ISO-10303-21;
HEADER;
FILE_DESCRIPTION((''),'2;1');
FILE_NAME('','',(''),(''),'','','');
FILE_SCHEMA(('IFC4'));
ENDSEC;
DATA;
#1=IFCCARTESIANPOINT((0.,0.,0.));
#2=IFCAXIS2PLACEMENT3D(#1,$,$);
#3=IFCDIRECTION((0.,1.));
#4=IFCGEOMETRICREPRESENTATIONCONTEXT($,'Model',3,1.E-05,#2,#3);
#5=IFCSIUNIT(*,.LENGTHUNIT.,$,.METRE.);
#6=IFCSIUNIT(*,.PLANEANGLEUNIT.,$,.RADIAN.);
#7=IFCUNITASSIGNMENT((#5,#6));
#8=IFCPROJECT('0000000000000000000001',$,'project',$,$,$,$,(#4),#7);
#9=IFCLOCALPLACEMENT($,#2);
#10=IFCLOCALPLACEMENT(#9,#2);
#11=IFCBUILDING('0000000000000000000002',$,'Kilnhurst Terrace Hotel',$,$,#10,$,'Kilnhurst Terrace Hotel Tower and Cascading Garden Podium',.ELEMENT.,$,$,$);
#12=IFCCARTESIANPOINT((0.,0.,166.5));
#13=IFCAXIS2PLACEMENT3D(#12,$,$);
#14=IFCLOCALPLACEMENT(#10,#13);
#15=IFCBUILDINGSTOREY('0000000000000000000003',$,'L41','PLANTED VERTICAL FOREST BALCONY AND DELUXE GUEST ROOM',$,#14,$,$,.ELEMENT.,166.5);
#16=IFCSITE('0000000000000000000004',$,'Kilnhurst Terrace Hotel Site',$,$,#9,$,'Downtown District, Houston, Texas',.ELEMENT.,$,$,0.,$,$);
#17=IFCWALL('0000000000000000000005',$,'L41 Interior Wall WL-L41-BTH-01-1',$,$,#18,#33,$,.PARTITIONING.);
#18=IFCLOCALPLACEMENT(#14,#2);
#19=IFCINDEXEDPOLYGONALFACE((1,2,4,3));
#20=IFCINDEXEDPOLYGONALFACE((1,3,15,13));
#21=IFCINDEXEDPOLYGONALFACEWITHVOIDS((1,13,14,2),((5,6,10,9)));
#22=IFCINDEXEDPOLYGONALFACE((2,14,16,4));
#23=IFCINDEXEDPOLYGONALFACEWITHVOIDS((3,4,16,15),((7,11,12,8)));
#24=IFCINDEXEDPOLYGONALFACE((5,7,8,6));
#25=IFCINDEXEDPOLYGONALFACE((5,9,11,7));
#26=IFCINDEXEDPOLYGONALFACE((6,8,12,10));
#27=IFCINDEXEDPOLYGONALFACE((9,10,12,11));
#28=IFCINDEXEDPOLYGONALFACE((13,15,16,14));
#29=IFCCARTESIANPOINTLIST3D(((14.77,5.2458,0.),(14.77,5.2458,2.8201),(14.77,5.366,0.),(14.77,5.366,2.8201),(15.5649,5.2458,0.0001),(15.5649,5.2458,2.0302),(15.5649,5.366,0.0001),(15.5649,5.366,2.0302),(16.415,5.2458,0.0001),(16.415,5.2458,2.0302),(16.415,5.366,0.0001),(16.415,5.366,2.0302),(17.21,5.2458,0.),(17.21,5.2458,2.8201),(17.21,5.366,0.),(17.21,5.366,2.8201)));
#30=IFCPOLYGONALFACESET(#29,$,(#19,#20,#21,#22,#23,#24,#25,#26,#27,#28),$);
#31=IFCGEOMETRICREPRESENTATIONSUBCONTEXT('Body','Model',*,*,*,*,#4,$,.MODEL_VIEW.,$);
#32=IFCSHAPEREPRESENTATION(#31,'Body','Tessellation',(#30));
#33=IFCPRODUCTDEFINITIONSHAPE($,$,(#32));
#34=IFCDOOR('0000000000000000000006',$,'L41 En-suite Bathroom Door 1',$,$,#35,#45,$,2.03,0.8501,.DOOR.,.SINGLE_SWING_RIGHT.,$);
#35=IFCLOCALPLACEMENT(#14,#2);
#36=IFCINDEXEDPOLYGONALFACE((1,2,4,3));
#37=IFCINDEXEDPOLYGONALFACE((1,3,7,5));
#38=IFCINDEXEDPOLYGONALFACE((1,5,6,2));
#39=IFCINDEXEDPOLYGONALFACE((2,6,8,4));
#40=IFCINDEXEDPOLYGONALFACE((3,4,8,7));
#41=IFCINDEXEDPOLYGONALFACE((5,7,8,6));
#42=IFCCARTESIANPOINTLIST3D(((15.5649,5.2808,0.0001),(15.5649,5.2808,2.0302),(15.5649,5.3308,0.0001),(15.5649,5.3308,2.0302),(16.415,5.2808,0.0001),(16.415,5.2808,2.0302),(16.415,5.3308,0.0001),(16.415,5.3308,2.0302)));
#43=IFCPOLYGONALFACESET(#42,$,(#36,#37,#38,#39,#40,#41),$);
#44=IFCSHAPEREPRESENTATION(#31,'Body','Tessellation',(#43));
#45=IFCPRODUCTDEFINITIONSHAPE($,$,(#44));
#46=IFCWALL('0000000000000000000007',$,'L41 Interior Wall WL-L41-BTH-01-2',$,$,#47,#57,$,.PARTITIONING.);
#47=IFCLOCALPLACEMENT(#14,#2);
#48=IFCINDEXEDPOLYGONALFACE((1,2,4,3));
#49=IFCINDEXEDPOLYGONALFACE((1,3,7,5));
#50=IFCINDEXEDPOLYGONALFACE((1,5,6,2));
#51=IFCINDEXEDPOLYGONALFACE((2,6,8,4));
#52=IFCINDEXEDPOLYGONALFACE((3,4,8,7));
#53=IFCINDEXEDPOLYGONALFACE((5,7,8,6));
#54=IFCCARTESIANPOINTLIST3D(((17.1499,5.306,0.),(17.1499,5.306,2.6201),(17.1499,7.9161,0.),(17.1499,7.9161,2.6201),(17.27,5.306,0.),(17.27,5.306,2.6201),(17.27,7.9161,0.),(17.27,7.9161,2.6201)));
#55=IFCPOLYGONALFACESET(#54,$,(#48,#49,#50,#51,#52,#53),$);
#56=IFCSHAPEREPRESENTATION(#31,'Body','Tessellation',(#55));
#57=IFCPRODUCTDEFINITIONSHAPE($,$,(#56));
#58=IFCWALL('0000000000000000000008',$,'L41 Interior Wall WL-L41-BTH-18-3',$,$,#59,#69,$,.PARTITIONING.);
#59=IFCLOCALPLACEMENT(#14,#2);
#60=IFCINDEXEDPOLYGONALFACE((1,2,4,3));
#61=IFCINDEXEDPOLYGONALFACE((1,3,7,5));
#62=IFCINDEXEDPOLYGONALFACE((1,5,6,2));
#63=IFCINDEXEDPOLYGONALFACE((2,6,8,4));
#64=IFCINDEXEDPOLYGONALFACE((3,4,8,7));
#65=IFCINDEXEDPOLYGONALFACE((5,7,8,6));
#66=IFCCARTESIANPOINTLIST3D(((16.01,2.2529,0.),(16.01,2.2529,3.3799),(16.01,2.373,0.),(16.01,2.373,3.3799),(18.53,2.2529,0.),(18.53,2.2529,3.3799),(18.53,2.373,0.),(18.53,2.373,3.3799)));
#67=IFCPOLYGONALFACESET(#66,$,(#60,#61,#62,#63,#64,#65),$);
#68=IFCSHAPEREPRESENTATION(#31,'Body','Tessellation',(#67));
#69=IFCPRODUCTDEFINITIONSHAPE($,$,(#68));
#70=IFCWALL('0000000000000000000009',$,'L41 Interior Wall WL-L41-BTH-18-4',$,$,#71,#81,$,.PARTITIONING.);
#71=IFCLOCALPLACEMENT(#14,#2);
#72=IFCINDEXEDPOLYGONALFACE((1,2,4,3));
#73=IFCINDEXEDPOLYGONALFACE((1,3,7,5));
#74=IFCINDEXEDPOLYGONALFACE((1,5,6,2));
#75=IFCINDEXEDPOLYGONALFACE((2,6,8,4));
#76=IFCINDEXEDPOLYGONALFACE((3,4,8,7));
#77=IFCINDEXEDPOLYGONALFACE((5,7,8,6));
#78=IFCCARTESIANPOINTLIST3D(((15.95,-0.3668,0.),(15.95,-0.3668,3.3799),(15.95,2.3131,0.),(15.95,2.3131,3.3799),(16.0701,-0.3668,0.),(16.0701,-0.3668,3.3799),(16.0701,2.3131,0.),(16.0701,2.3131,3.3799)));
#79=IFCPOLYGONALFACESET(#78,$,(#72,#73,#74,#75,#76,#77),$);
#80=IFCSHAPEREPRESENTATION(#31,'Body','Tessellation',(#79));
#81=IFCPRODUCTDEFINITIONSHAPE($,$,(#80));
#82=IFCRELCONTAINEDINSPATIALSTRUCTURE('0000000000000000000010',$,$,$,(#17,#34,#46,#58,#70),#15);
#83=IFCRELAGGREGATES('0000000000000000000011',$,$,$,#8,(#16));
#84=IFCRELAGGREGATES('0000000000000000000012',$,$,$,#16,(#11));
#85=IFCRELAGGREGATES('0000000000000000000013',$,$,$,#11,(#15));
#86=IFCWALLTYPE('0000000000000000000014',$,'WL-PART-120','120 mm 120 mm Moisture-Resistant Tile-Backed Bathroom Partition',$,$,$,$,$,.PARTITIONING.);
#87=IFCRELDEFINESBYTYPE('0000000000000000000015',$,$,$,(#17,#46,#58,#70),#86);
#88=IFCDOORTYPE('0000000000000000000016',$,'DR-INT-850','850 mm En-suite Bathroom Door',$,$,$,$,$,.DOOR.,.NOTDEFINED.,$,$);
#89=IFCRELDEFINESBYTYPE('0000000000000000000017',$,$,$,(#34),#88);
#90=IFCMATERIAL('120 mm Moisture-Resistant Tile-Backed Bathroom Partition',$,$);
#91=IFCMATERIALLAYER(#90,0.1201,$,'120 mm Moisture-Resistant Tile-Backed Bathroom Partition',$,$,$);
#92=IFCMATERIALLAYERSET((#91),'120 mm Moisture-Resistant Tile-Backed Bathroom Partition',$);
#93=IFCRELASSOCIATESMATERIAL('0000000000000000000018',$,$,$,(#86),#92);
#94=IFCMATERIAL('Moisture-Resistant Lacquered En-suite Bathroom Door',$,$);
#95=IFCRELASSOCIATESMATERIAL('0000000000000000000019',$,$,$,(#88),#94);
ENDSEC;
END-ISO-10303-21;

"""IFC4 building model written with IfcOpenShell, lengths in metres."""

from ifc_helpers import new_model, si_unit, direction, frame, frame_2d, origin, place, context, subcontext, project, spatial, rectangle, extrude, material, layer, layer_set, type_object, element, fill, save


model = new_model("IFC4")

# Units and contexts
model_context = context("Model", 3, precision=1e-05, world=origin(), true_north=direction((0.0, 1.0)))
body_context = subcontext(model_context, "Body", "Model", "MODEL_VIEW")
ifc_project = project(units=[si_unit("LENGTHUNIT", "METRE"), si_unit("PLANEANGLEUNIT", "RADIAN")], contexts=[model_context])

# Site, building, storey
site_placement = place(None, origin())
site = spatial("IfcSite", under=ifc_project, at=site_placement, Name="Kilnhurst Terrace Hotel Site", LongName="Downtown District, Houston, Texas", CompositionType="ELEMENT", RefElevation=0.0)
building_placement = place(site_placement, origin())
building = spatial("IfcBuilding", under=site, at=building_placement, Name="Kilnhurst Terrace Hotel", LongName="Kilnhurst Terrace Hotel Tower and Cascading Garden Podium", CompositionType="ELEMENT")
storey_placement = place(building_placement, frame((0.0, 0.0, 166.5)))
storey = spatial("IfcBuildingStorey", under=building, at=storey_placement, Name="L41", Description="PLANTED VERTICAL FOREST BALCONY AND DELUXE GUEST ROOM", CompositionType="ELEMENT", Elevation=166.5)

# Wall, opening, door
ifc_material_1 = material(Name="120 mm Moisture-Resistant Tile-Backed Bathroom Partition")
ifc_layer_1 = layer(ifc_material_1, 0.1201, Name="120 mm Moisture-Resistant Tile-Backed Bathroom Partition")
ifc_layer_set_1 = layer_set([ifc_layer_1], Name="120 mm Moisture-Resistant Tile-Backed Bathroom Partition")
wall_type_1 = type_object("IfcWallType", Name="WL-PART-120", Description="120 mm 120 mm Moisture-Resistant Tile-Backed Bathroom Partition", PredefinedType="PARTITIONING", material=ifc_layer_set_1)
wall_1_placement = place(storey_placement, frame((14.77, 5.3059, 0.0), z_axis=(0.0, 0.0, 1.0), x_axis=(1.0, 0.0, 0.0)))
wall_1 = element("IfcWall", 1, at=wall_1_placement, inside=storey, type_object=wall_type_1, Name="L41 Interior Wall WL-L41-BTH-01-1", PredefinedType="PARTITIONING", context=body_context, shape_type="SweptSolid", body=[
    extrude(rectangle(XDim=2.4399, YDim=0.1201, at=frame_2d((1.22, 0.0))), origin(), (0.0, 0.0, 1.0), 2.8201),
])
opening_1_placement = place(wall_1_placement, frame((0.7949, 0.0, 0.0)))
opening_1 = element("IfcOpeningElement", 2, at=opening_1_placement, cuts=wall_1, PredefinedType="OPENING", context=body_context, shape_type="SweptSolid", body=[
    extrude(rectangle(XDim=0.8501, YDim=2.03, at=frame_2d((0.425, 1.0151))), frame((0.0, 0.0701, 0.0), z_axis=(0.0, -1.0, 0.0), x_axis=(1.0, 0.0, 0.0)), (0.0, 0.0, 1.0), 0.1401),
])
ifc_material_2 = material(Name="Moisture-Resistant Lacquered En-suite Bathroom Door")
door_type_1 = type_object("IfcDoorType", Name="DR-INT-850", Description="850 mm En-suite Bathroom Door", OperationType="NOTDEFINED", PredefinedType="DOOR", material=ifc_material_2)
door_1_placement = place(opening_1_placement, origin())
door_1 = element("IfcDoor", 3, at=door_1_placement, inside=storey, type_object=door_type_1, Name="L41 En-suite Bathroom Door 1", OperationType="SINGLE_SWING_RIGHT", OverallHeight=2.03, OverallWidth=0.8501, PredefinedType="DOOR", context=body_context, shape_type="SweptSolid", body=[
    extrude(rectangle(XDim=0.8501, YDim=2.03, at=frame_2d((0.425, 1.0151))), frame((0.0, 0.0249, 0.0), z_axis=(0.0, -1.0, 0.0), x_axis=(1.0, 0.0, 0.0)), (0.0, 0.0, 1.0), 0.05),
])
fill(opening_1, door_1)

# Walls
wall_2_placement = place(storey_placement, frame((17.21, 5.3059, 0.0), z_axis=(0.0, 0.0, 1.0), x_axis=(0.0, 1.0, 0.0)))
element("IfcWall", 4, at=wall_2_placement, inside=storey, type_object=wall_type_1, Name="L41 Interior Wall WL-L41-BTH-01-2", PredefinedType="PARTITIONING", context=body_context, shape_type="SweptSolid", body=[
    extrude(rectangle(XDim=2.6101, YDim=0.1201, at=frame_2d((1.3052, 0.0))), origin(), (0.0, 0.0, 1.0), 2.6201),
])
wall_3_placement = place(storey_placement, frame((18.53, 2.313, 0.0), z_axis=(0.0, 0.0, 1.0), x_axis=(-1.0, 0.0, 0.0)))
element("IfcWall", 5, at=wall_3_placement, inside=storey, type_object=wall_type_1, Name="L41 Interior Wall WL-L41-BTH-18-3", PredefinedType="PARTITIONING", context=body_context, shape_type="SweptSolid", body=[
    extrude(rectangle(XDim=2.52, YDim=0.1201, at=frame_2d((1.26, 0.0))), origin(), (0.0, 0.0, 1.0), 3.3799),
])
wall_4_placement = place(storey_placement, frame((16.01, 2.313, 0.0), z_axis=(0.0, 0.0, 1.0), x_axis=(0.0, -1.0, 0.0)))
element("IfcWall", 6, at=wall_4_placement, inside=storey, type_object=wall_type_1, Name="L41 Interior Wall WL-L41-BTH-18-4", PredefinedType="PARTITIONING", context=body_context, shape_type="SweptSolid", body=[
    extrude(rectangle(XDim=2.6799, YDim=0.1201, at=frame_2d((1.3398, 0.0))), origin(), (0.0, 0.0, 1.0), 3.3799),
])

save(model, "model.ifc")
